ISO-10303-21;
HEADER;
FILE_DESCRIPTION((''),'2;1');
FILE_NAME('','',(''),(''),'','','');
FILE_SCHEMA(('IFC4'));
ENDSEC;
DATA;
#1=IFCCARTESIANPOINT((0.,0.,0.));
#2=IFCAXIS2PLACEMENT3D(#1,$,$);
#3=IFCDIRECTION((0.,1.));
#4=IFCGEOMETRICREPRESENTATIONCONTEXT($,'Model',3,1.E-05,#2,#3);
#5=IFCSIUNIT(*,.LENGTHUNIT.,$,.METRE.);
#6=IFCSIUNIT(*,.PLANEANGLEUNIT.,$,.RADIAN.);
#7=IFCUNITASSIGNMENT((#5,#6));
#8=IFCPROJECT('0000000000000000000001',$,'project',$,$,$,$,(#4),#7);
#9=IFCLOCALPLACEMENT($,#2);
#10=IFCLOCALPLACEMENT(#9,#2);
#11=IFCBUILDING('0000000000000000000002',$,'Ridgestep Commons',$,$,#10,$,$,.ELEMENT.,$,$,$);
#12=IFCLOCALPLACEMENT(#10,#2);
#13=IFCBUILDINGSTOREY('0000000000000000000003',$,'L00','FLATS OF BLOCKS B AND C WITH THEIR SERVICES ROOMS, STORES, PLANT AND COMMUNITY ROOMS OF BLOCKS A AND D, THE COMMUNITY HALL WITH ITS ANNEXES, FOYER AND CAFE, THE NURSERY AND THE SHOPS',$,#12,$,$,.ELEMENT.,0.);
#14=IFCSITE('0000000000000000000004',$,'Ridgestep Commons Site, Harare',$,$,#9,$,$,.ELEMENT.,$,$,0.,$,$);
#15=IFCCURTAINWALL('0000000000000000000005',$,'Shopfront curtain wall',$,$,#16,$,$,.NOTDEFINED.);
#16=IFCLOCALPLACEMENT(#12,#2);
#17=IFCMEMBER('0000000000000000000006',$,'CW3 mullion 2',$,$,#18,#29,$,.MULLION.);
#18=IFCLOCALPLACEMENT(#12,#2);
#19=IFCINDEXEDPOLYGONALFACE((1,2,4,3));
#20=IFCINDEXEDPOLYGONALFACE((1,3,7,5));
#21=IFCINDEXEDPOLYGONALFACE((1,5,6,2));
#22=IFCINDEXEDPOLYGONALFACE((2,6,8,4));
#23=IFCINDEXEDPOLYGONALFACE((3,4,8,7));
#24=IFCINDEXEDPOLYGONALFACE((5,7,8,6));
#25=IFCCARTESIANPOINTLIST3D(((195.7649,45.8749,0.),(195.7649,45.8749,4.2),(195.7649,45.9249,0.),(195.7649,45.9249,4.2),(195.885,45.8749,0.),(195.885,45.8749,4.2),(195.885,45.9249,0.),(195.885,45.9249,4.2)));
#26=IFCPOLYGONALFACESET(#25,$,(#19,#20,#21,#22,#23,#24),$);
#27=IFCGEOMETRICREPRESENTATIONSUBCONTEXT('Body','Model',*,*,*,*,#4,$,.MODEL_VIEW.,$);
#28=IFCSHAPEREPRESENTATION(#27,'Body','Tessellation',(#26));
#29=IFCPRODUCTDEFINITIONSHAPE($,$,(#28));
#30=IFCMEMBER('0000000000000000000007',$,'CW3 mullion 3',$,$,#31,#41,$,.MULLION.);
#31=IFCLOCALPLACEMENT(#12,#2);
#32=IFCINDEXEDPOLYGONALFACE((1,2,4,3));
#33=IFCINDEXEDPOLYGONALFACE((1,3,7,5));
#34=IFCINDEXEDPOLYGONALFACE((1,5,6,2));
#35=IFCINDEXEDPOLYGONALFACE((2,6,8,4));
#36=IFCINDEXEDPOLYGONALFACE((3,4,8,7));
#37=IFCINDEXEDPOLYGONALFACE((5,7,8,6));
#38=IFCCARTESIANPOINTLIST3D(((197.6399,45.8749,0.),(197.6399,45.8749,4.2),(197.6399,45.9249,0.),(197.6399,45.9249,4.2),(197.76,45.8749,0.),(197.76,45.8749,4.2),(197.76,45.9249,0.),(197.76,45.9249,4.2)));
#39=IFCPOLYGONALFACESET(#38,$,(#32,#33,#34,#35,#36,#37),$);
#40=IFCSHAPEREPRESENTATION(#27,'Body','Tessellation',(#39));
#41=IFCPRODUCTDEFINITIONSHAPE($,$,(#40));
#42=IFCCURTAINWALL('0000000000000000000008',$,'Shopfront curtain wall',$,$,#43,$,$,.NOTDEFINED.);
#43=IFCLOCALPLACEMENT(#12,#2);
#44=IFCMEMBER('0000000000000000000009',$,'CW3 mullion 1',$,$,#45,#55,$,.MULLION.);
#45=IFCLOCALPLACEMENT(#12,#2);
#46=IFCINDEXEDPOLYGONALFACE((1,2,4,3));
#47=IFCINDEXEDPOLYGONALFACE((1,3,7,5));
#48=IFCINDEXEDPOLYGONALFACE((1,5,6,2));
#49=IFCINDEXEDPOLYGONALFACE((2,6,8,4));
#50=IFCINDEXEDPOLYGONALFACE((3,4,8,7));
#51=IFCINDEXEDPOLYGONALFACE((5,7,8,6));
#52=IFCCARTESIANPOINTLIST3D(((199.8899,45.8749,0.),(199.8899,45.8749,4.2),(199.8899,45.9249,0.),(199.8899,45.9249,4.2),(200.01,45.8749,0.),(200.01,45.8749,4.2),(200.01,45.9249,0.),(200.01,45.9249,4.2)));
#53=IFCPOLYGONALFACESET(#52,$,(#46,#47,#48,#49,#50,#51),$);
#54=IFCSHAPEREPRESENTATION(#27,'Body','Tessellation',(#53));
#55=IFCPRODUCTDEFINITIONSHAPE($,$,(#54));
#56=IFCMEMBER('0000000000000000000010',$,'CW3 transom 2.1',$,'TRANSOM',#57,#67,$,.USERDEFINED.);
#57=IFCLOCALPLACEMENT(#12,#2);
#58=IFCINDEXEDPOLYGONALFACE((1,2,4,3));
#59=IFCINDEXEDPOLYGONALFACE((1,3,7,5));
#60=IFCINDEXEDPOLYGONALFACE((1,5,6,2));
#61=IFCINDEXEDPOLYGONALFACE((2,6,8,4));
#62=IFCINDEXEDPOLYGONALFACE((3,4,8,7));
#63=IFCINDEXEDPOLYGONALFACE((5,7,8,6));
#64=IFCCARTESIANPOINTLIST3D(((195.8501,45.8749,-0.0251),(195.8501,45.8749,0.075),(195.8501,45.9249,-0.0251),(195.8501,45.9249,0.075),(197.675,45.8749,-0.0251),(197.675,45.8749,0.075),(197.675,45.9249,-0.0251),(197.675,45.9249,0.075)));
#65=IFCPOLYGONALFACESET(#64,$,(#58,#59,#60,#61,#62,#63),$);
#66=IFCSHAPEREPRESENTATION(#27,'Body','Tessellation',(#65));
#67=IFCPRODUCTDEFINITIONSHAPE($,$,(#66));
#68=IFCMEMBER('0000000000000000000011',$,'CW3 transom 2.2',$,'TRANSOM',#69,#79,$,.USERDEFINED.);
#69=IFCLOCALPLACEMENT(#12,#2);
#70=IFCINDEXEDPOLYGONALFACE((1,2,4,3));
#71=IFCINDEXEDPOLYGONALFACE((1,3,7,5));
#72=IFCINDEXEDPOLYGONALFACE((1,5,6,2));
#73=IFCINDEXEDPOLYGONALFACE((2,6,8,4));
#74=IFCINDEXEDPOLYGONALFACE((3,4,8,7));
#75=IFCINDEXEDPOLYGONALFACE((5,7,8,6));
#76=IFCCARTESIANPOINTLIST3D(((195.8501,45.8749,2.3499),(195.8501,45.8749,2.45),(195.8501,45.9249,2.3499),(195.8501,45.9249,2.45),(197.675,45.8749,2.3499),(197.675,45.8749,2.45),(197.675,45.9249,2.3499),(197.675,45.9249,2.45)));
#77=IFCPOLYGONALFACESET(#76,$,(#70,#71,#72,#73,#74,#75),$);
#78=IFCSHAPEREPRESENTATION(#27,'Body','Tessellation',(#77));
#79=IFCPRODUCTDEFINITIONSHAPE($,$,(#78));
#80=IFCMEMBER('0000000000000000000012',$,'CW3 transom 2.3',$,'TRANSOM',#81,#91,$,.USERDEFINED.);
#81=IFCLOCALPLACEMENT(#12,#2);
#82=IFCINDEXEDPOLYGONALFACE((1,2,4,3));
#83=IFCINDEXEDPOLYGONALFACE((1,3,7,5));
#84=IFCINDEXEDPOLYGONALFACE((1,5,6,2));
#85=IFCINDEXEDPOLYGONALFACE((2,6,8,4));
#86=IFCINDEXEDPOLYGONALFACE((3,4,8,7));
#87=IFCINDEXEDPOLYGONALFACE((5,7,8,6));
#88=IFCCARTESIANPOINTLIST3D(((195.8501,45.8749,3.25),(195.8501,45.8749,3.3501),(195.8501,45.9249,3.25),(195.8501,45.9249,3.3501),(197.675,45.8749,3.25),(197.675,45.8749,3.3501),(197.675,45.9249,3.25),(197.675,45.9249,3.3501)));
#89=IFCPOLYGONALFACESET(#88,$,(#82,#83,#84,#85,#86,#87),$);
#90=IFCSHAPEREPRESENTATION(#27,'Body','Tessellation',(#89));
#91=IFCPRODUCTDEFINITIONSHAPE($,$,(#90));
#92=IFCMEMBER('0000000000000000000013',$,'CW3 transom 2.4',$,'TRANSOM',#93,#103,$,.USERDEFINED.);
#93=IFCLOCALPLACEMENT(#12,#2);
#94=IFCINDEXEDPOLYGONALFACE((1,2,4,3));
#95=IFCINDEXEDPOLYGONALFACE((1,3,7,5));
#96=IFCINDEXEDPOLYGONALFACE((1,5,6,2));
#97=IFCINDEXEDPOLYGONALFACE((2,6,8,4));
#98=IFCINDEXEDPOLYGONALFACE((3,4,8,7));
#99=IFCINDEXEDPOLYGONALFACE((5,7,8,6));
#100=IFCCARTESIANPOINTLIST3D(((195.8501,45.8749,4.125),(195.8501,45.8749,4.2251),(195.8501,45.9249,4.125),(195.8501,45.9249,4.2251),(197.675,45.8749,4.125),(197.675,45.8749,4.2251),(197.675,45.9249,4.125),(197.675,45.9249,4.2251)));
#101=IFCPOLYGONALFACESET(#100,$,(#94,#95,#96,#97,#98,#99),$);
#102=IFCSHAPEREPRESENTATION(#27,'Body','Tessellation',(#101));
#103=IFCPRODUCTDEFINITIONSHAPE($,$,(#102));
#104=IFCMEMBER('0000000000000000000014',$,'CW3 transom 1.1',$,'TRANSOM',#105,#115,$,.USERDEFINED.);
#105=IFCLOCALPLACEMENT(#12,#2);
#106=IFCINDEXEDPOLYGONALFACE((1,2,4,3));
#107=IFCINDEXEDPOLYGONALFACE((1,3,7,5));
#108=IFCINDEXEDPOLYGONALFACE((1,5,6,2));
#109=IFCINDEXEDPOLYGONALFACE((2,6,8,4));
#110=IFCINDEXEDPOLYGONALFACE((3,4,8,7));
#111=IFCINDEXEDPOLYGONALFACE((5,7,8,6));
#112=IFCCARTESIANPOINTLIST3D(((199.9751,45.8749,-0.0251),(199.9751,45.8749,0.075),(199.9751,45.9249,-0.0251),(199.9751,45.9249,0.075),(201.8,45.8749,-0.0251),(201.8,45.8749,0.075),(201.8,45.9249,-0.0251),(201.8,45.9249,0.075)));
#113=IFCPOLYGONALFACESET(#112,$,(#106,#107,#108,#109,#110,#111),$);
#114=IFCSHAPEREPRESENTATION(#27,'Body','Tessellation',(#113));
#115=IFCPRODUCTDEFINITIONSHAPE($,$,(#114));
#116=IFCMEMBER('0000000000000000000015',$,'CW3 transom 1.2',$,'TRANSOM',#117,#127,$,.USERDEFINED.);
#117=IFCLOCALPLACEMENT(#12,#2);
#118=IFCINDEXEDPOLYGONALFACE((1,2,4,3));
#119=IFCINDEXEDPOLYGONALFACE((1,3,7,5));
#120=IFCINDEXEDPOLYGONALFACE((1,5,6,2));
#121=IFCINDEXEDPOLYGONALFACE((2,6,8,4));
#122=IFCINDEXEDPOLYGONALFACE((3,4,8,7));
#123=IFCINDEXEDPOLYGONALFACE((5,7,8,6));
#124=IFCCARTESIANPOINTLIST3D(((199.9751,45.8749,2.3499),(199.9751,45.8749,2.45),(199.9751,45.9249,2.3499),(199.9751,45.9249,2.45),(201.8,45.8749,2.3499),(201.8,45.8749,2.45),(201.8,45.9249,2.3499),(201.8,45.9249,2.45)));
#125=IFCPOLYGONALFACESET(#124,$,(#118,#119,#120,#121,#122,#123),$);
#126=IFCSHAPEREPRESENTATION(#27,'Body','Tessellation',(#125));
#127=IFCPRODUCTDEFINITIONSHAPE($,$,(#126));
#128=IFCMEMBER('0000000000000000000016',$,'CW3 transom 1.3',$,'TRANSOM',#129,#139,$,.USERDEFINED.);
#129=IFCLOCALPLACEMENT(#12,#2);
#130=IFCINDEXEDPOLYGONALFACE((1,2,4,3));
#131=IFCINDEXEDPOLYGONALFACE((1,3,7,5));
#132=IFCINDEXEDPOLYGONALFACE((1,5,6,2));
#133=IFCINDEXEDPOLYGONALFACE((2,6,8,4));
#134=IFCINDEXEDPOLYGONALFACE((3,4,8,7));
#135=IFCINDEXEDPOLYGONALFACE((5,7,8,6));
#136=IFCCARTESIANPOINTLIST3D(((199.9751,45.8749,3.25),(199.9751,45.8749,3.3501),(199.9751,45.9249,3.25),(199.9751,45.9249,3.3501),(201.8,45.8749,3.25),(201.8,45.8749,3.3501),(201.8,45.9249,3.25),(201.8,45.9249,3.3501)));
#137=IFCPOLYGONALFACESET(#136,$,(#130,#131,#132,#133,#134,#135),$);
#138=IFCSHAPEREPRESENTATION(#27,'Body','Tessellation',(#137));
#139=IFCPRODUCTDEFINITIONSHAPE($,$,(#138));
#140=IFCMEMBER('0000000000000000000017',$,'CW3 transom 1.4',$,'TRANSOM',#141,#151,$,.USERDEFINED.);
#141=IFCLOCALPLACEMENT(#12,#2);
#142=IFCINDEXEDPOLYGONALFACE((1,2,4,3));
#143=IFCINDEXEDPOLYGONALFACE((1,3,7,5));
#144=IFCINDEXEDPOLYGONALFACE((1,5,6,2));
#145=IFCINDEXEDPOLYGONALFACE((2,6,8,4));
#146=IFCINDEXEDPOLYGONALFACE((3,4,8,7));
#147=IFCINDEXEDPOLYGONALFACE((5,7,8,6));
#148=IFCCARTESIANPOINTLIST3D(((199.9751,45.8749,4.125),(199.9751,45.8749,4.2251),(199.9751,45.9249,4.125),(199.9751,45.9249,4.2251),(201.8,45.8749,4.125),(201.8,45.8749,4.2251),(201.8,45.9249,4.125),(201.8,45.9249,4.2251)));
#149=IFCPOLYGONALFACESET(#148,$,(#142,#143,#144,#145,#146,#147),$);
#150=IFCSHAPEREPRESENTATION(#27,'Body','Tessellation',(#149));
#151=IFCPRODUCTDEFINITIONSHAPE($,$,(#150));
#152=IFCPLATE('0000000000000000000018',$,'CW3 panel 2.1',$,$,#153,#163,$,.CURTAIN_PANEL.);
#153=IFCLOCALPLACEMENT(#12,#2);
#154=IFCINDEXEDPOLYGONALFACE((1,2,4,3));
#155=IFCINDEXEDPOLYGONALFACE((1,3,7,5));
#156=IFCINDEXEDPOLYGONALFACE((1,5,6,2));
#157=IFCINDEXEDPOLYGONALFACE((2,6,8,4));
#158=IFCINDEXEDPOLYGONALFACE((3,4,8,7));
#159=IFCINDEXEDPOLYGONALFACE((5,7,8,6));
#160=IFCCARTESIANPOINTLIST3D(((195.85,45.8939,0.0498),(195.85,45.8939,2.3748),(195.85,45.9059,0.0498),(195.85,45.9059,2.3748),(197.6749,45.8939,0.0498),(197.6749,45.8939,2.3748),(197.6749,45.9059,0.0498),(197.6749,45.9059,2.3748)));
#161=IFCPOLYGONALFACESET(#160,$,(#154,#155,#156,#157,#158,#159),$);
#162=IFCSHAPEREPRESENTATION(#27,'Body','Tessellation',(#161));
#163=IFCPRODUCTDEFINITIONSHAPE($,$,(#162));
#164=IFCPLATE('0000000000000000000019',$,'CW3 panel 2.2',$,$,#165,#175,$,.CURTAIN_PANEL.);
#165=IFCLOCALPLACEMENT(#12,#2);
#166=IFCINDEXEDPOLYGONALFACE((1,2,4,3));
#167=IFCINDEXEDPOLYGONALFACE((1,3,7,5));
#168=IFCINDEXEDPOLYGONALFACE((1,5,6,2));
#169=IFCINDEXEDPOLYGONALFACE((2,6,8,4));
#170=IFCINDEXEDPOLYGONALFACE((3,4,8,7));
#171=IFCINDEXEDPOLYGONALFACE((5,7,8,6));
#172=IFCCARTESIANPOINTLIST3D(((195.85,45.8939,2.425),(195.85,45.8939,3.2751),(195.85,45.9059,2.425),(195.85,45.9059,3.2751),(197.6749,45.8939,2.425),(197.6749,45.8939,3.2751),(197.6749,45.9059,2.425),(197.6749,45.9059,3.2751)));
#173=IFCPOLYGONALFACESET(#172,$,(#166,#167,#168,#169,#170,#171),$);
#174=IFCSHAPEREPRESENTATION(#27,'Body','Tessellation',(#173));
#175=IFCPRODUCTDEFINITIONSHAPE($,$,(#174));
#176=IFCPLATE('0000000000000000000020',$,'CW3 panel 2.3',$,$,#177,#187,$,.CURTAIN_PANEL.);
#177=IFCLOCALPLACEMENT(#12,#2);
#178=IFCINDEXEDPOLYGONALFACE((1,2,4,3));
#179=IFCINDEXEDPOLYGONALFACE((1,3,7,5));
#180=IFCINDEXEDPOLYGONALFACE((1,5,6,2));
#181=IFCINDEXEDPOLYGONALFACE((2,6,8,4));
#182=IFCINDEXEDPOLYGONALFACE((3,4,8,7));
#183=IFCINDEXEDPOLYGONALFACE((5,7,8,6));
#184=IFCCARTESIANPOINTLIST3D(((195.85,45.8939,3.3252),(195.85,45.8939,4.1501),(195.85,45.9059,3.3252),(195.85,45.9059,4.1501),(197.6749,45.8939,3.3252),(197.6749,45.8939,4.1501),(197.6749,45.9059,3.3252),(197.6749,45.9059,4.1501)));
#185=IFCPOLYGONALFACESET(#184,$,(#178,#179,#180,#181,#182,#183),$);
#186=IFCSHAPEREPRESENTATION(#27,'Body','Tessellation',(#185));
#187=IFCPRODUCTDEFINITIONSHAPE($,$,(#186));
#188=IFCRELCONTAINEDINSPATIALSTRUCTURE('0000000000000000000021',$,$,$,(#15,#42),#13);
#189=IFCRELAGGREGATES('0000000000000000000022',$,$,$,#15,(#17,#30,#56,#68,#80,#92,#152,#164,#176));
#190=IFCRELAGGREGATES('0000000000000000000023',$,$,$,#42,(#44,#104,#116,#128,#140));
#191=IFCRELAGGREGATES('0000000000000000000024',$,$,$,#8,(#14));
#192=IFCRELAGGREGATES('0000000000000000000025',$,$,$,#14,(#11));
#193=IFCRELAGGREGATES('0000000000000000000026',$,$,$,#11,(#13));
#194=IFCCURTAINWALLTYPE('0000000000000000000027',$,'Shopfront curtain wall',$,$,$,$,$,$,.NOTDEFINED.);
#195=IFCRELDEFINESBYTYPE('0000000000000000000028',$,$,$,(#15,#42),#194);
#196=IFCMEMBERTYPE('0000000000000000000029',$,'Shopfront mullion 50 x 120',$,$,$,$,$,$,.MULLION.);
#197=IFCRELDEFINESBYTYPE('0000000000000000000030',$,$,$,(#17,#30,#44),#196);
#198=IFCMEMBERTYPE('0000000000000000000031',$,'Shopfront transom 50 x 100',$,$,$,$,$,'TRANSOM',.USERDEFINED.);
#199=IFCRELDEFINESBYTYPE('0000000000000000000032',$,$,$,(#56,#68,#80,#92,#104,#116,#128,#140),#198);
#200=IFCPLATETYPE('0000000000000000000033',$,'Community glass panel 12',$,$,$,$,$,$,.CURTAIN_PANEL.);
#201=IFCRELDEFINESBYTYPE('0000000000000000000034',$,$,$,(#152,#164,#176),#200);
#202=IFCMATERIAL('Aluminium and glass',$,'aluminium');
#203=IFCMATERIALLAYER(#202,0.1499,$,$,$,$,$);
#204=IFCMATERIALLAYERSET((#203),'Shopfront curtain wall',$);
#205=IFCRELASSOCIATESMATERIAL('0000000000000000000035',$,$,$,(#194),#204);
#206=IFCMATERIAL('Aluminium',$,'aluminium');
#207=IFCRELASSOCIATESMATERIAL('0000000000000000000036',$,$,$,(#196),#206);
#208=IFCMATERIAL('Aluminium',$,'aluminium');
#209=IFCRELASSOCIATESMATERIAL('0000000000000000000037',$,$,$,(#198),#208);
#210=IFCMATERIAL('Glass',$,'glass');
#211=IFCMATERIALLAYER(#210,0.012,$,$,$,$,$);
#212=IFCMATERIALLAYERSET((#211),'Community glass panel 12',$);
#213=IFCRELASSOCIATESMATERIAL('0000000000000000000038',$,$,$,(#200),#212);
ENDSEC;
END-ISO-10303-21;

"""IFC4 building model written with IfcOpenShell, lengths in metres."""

from ifc_helpers import new_model, si_unit, direction, frame, origin, origin_2d, place, context, subcontext, project, spatial, rectangle, extrude, material, layer, layer_set, material_profile, profile_set, type_object, element, aggregate, save


model = new_model("IFC4")

# Units and contexts
model_context = context("Model", 3, precision=1e-05, world=origin(), true_north=direction((0.0, 1.0)))
body_context = subcontext(model_context, "Body", "Model", "MODEL_VIEW")
ifc_project = project(units=[si_unit("LENGTHUNIT", "METRE"), si_unit("PLANEANGLEUNIT", "RADIAN")], contexts=[model_context])

# Site, building, storey
site_placement = place(None, origin())
site = spatial("IfcSite", under=ifc_project, at=site_placement, Name="Ridgestep Commons Site, Harare", CompositionType="ELEMENT", RefElevation=0.0)
building_placement = place(site_placement, origin())
building = spatial("IfcBuilding", under=site, at=building_placement, Name="Ridgestep Commons", CompositionType="ELEMENT")
storey_placement = place(building_placement, origin())
storey = spatial("IfcBuildingStorey", under=building, at=storey_placement, Name="L00", Description="FLATS OF BLOCKS B AND C WITH THEIR SERVICES ROOMS, STORES, PLANT AND COMMUNITY ROOMS OF BLOCKS A AND D, THE COMMUNITY HALL WITH ITS ANNEXES, FOYER AND CAFE, THE NURSERY AND THE SHOPS", CompositionType="ELEMENT", Elevation=0.0)

# Curtain wall, members
ifc_material_1 = material(Name="Aluminium and glass", Category="aluminium")
ifc_layer_1 = layer(ifc_material_1, 0.1499)
ifc_layer_set_1 = layer_set([ifc_layer_1], Name="Shopfront curtain wall")
curtain_wall_type = type_object("IfcCurtainWallType", Name="Shopfront curtain wall", PredefinedType="NOTDEFINED", material=ifc_layer_set_1)
curtain_wall_1_placement = place(storey_placement, origin())
curtain_wall_1 = element("IfcCurtainWall", 1, at=curtain_wall_1_placement, inside=storey, type_object=curtain_wall_type, Name="Shopfront curtain wall", PredefinedType="NOTDEFINED")
ifc_material_2 = material(Name="Aluminium", Category="aluminium")
ifc_material_profile_1 = material_profile(ifc_material_2, rectangle(XDim=0.05, YDim=0.1201, at=origin_2d()), Name="Shopfront mullion 50 x 120")
ifc_profile_set_1 = profile_set([ifc_material_profile_1], Name="Aluminium")
member_type_1 = type_object("IfcMemberType", Name="Shopfront mullion 50 x 120", PredefinedType="MULLION", material=ifc_profile_set_1)
member_1_placement = place(storey_placement, frame((195.825, 45.8999, 0.0), z_axis=(0.0, 0.0, 1.0), x_axis=(0.0, 1.0, 0.0)))
member_1 = element("IfcMember", 2, at=member_1_placement, type_object=member_type_1, Name="CW3 mullion 2", PredefinedType="MULLION", context=body_context, shape_type="SweptSolid", body=[
    extrude(rectangle(XDim=0.05, YDim=0.1201, at=origin_2d()), origin(), (0.0, 0.0, 1.0), 4.2),
])
member_2_placement = place(storey_placement, frame((197.7, 45.8999, 0.0), z_axis=(0.0, 0.0, 1.0), x_axis=(0.0, 1.0, 0.0)))
member_2 = element("IfcMember", 3, at=member_2_placement, type_object=member_type_1, Name="CW3 mullion 3", PredefinedType="MULLION", context=body_context, shape_type="SweptSolid", body=[
    extrude(rectangle(XDim=0.05, YDim=0.1201, at=origin_2d()), origin(), (0.0, 0.0, 1.0), 4.2),
])

# Curtain wall, member
curtain_wall_2_placement = place(storey_placement, origin())
curtain_wall_2 = element("IfcCurtainWall", 4, at=curtain_wall_2_placement, inside=storey, type_object=curtain_wall_type, Name="Shopfront curtain wall", PredefinedType="NOTDEFINED")
member_3_placement = place(storey_placement, frame((199.95, 45.8999, 0.0), z_axis=(0.0, 0.0, 1.0), x_axis=(0.0, 1.0, 0.0)))
member_3 = element("IfcMember", 5, at=member_3_placement, type_object=member_type_1, Name="CW3 mullion 1", PredefinedType="MULLION", context=body_context, shape_type="SweptSolid", body=[
    extrude(rectangle(XDim=0.05, YDim=0.1201, at=origin_2d()), origin(), (0.0, 0.0, 1.0), 4.2),
])

# Members
ifc_material_3 = material(Name="Aluminium", Category="aluminium")
ifc_material_profile_2 = material_profile(ifc_material_3, rectangle(XDim=0.05, YDim=0.1001, at=origin_2d()), Name="Shopfront transom 50 x 100")
ifc_profile_set_2 = profile_set([ifc_material_profile_2], Name="Aluminium")
member_type_2 = type_object("IfcMemberType", Name="Shopfront transom 50 x 100", ElementType="TRANSOM", PredefinedType="USERDEFINED", material=ifc_profile_set_2)
member_4_placement = place(storey_placement, frame((195.8501, 45.8999, 0.0249), z_axis=(1.0, 0.0, 0.0), x_axis=(0.0, 1.0, 0.0)))
member_4 = element("IfcMember", 6, at=member_4_placement, type_object=member_type_2, Name="CW3 transom 2.1", ObjectType="TRANSOM", PredefinedType="USERDEFINED", context=body_context, shape_type="SweptSolid", body=[
    extrude(rectangle(XDim=0.05, YDim=0.1001, at=origin_2d()), origin(), (0.0, 0.0, 1.0), 1.825),
])
member_5_placement = place(storey_placement, frame((195.8501, 45.8999, 2.3999), z_axis=(1.0, 0.0, 0.0), x_axis=(0.0, 1.0, 0.0)))
member_5 = element("IfcMember", 7, at=member_5_placement, type_object=member_type_2, Name="CW3 transom 2.2", ObjectType="TRANSOM", PredefinedType="USERDEFINED", context=body_context, shape_type="SweptSolid", body=[
    extrude(rectangle(XDim=0.05, YDim=0.1001, at=origin_2d()), origin(), (0.0, 0.0, 1.0), 1.825),
])
member_6_placement = place(storey_placement, frame((195.8501, 45.8999, 3.3), z_axis=(1.0, 0.0, 0.0), x_axis=(0.0, 1.0, 0.0)))
member_6 = element("IfcMember", 8, at=member_6_placement, type_object=member_type_2, Name="CW3 transom 2.3", ObjectType="TRANSOM", PredefinedType="USERDEFINED", context=body_context, shape_type="SweptSolid", body=[
    extrude(rectangle(XDim=0.05, YDim=0.1001, at=origin_2d()), origin(), (0.0, 0.0, 1.0), 1.825),
])
member_7_placement = place(storey_placement, frame((195.8501, 45.8999, 4.175), z_axis=(1.0, 0.0, 0.0), x_axis=(0.0, 1.0, 0.0)))
member_7 = element("IfcMember", 9, at=member_7_placement, type_object=member_type_2, Name="CW3 transom 2.4", ObjectType="TRANSOM", PredefinedType="USERDEFINED", context=body_context, shape_type="SweptSolid", body=[
    extrude(rectangle(XDim=0.05, YDim=0.1001, at=origin_2d()), origin(), (0.0, 0.0, 1.0), 1.825),
])
member_8_placement = place(storey_placement, frame((199.9751, 45.8999, 0.0249), z_axis=(1.0, 0.0, 0.0), x_axis=(0.0, 1.0, 0.0)))
member_8 = element("IfcMember", 10, at=member_8_placement, type_object=member_type_2, Name="CW3 transom 1.1", ObjectType="TRANSOM", PredefinedType="USERDEFINED", context=body_context, shape_type="SweptSolid", body=[
    extrude(rectangle(XDim=0.05, YDim=0.1001, at=origin_2d()), origin(), (0.0, 0.0, 1.0), 1.825),
])
member_9_placement = place(storey_placement, frame((199.9751, 45.8999, 2.3999), z_axis=(1.0, 0.0, 0.0), x_axis=(0.0, 1.0, 0.0)))
member_9 = element("IfcMember", 11, at=member_9_placement, type_object=member_type_2, Name="CW3 transom 1.2", ObjectType="TRANSOM", PredefinedType="USERDEFINED", context=body_context, shape_type="SweptSolid", body=[
    extrude(rectangle(XDim=0.05, YDim=0.1001, at=origin_2d()), origin(), (0.0, 0.0, 1.0), 1.825),
])
member_10_placement = place(storey_placement, frame((199.9751, 45.8999, 3.3), z_axis=(1.0, 0.0, 0.0), x_axis=(0.0, 1.0, 0.0)))
member_10 = element("IfcMember", 12, at=member_10_placement, type_object=member_type_2, Name="CW3 transom 1.3", ObjectType="TRANSOM", PredefinedType="USERDEFINED", context=body_context, shape_type="SweptSolid", body=[
    extrude(rectangle(XDim=0.05, YDim=0.1001, at=origin_2d()), origin(), (0.0, 0.0, 1.0), 1.825),
])
member_11_placement = place(storey_placement, frame((199.9751, 45.8999, 4.175), z_axis=(1.0, 0.0, 0.0), x_axis=(0.0, 1.0, 0.0)))
member_11 = element("IfcMember", 13, at=member_11_placement, type_object=member_type_2, Name="CW3 transom 1.4", ObjectType="TRANSOM", PredefinedType="USERDEFINED", context=body_context, shape_type="SweptSolid", body=[
    extrude(rectangle(XDim=0.05, YDim=0.1001, at=origin_2d()), origin(), (0.0, 0.0, 1.0), 1.825),
])

# Plates
ifc_material_4 = material(Name="Glass", Category="glass")
ifc_layer_2 = layer(ifc_material_4, 0.012)
ifc_layer_set_2 = layer_set([ifc_layer_2], Name="Community glass panel 12")
plate_type = type_object("IfcPlateType", Name="Community glass panel 12", PredefinedType="CURTAIN_PANEL", material=ifc_layer_set_2)
plate_1_placement = place(storey_placement, frame((196.7625, 45.8999, 0.0498), z_axis=(0.0, 0.0, 1.0), x_axis=(1.0, 0.0, 0.0)))
plate_1 = element("IfcPlate", 14, at=plate_1_placement, type_object=plate_type, Name="CW3 panel 2.1", PredefinedType="CURTAIN_PANEL", context=body_context, shape_type="SweptSolid", body=[
    extrude(rectangle(XDim=1.825, YDim=0.012, at=origin_2d()), origin(), (0.0, 0.0, 1.0), 2.325),
])
plate_2_placement = place(storey_placement, frame((196.7625, 45.8999, 2.425), z_axis=(0.0, 0.0, 1.0), x_axis=(1.0, 0.0, 0.0)))
plate_2 = element("IfcPlate", 15, at=plate_2_placement, type_object=plate_type, Name="CW3 panel 2.2", PredefinedType="CURTAIN_PANEL", context=body_context, shape_type="SweptSolid", body=[
    extrude(rectangle(XDim=1.825, YDim=0.012, at=origin_2d()), origin(), (0.0, 0.0, 1.0), 0.8501),
])
plate_3_placement = place(storey_placement, frame((196.7625, 45.8999, 3.3252), z_axis=(0.0, 0.0, 1.0), x_axis=(1.0, 0.0, 0.0)))
plate_3 = element("IfcPlate", 16, at=plate_3_placement, type_object=plate_type, Name="CW3 panel 2.3", PredefinedType="CURTAIN_PANEL", context=body_context, shape_type="SweptSolid", body=[
    extrude(rectangle(XDim=1.825, YDim=0.012, at=origin_2d()), origin(), (0.0, 0.0, 1.0), 0.825),
])
aggregate(curtain_wall_1, [member_1, member_2, member_4, member_5, member_6, member_7, plate_1, plate_2, plate_3])
aggregate(curtain_wall_2, [member_3, member_8, member_9, member_10, member_11])

save(model, "model.ifc")
